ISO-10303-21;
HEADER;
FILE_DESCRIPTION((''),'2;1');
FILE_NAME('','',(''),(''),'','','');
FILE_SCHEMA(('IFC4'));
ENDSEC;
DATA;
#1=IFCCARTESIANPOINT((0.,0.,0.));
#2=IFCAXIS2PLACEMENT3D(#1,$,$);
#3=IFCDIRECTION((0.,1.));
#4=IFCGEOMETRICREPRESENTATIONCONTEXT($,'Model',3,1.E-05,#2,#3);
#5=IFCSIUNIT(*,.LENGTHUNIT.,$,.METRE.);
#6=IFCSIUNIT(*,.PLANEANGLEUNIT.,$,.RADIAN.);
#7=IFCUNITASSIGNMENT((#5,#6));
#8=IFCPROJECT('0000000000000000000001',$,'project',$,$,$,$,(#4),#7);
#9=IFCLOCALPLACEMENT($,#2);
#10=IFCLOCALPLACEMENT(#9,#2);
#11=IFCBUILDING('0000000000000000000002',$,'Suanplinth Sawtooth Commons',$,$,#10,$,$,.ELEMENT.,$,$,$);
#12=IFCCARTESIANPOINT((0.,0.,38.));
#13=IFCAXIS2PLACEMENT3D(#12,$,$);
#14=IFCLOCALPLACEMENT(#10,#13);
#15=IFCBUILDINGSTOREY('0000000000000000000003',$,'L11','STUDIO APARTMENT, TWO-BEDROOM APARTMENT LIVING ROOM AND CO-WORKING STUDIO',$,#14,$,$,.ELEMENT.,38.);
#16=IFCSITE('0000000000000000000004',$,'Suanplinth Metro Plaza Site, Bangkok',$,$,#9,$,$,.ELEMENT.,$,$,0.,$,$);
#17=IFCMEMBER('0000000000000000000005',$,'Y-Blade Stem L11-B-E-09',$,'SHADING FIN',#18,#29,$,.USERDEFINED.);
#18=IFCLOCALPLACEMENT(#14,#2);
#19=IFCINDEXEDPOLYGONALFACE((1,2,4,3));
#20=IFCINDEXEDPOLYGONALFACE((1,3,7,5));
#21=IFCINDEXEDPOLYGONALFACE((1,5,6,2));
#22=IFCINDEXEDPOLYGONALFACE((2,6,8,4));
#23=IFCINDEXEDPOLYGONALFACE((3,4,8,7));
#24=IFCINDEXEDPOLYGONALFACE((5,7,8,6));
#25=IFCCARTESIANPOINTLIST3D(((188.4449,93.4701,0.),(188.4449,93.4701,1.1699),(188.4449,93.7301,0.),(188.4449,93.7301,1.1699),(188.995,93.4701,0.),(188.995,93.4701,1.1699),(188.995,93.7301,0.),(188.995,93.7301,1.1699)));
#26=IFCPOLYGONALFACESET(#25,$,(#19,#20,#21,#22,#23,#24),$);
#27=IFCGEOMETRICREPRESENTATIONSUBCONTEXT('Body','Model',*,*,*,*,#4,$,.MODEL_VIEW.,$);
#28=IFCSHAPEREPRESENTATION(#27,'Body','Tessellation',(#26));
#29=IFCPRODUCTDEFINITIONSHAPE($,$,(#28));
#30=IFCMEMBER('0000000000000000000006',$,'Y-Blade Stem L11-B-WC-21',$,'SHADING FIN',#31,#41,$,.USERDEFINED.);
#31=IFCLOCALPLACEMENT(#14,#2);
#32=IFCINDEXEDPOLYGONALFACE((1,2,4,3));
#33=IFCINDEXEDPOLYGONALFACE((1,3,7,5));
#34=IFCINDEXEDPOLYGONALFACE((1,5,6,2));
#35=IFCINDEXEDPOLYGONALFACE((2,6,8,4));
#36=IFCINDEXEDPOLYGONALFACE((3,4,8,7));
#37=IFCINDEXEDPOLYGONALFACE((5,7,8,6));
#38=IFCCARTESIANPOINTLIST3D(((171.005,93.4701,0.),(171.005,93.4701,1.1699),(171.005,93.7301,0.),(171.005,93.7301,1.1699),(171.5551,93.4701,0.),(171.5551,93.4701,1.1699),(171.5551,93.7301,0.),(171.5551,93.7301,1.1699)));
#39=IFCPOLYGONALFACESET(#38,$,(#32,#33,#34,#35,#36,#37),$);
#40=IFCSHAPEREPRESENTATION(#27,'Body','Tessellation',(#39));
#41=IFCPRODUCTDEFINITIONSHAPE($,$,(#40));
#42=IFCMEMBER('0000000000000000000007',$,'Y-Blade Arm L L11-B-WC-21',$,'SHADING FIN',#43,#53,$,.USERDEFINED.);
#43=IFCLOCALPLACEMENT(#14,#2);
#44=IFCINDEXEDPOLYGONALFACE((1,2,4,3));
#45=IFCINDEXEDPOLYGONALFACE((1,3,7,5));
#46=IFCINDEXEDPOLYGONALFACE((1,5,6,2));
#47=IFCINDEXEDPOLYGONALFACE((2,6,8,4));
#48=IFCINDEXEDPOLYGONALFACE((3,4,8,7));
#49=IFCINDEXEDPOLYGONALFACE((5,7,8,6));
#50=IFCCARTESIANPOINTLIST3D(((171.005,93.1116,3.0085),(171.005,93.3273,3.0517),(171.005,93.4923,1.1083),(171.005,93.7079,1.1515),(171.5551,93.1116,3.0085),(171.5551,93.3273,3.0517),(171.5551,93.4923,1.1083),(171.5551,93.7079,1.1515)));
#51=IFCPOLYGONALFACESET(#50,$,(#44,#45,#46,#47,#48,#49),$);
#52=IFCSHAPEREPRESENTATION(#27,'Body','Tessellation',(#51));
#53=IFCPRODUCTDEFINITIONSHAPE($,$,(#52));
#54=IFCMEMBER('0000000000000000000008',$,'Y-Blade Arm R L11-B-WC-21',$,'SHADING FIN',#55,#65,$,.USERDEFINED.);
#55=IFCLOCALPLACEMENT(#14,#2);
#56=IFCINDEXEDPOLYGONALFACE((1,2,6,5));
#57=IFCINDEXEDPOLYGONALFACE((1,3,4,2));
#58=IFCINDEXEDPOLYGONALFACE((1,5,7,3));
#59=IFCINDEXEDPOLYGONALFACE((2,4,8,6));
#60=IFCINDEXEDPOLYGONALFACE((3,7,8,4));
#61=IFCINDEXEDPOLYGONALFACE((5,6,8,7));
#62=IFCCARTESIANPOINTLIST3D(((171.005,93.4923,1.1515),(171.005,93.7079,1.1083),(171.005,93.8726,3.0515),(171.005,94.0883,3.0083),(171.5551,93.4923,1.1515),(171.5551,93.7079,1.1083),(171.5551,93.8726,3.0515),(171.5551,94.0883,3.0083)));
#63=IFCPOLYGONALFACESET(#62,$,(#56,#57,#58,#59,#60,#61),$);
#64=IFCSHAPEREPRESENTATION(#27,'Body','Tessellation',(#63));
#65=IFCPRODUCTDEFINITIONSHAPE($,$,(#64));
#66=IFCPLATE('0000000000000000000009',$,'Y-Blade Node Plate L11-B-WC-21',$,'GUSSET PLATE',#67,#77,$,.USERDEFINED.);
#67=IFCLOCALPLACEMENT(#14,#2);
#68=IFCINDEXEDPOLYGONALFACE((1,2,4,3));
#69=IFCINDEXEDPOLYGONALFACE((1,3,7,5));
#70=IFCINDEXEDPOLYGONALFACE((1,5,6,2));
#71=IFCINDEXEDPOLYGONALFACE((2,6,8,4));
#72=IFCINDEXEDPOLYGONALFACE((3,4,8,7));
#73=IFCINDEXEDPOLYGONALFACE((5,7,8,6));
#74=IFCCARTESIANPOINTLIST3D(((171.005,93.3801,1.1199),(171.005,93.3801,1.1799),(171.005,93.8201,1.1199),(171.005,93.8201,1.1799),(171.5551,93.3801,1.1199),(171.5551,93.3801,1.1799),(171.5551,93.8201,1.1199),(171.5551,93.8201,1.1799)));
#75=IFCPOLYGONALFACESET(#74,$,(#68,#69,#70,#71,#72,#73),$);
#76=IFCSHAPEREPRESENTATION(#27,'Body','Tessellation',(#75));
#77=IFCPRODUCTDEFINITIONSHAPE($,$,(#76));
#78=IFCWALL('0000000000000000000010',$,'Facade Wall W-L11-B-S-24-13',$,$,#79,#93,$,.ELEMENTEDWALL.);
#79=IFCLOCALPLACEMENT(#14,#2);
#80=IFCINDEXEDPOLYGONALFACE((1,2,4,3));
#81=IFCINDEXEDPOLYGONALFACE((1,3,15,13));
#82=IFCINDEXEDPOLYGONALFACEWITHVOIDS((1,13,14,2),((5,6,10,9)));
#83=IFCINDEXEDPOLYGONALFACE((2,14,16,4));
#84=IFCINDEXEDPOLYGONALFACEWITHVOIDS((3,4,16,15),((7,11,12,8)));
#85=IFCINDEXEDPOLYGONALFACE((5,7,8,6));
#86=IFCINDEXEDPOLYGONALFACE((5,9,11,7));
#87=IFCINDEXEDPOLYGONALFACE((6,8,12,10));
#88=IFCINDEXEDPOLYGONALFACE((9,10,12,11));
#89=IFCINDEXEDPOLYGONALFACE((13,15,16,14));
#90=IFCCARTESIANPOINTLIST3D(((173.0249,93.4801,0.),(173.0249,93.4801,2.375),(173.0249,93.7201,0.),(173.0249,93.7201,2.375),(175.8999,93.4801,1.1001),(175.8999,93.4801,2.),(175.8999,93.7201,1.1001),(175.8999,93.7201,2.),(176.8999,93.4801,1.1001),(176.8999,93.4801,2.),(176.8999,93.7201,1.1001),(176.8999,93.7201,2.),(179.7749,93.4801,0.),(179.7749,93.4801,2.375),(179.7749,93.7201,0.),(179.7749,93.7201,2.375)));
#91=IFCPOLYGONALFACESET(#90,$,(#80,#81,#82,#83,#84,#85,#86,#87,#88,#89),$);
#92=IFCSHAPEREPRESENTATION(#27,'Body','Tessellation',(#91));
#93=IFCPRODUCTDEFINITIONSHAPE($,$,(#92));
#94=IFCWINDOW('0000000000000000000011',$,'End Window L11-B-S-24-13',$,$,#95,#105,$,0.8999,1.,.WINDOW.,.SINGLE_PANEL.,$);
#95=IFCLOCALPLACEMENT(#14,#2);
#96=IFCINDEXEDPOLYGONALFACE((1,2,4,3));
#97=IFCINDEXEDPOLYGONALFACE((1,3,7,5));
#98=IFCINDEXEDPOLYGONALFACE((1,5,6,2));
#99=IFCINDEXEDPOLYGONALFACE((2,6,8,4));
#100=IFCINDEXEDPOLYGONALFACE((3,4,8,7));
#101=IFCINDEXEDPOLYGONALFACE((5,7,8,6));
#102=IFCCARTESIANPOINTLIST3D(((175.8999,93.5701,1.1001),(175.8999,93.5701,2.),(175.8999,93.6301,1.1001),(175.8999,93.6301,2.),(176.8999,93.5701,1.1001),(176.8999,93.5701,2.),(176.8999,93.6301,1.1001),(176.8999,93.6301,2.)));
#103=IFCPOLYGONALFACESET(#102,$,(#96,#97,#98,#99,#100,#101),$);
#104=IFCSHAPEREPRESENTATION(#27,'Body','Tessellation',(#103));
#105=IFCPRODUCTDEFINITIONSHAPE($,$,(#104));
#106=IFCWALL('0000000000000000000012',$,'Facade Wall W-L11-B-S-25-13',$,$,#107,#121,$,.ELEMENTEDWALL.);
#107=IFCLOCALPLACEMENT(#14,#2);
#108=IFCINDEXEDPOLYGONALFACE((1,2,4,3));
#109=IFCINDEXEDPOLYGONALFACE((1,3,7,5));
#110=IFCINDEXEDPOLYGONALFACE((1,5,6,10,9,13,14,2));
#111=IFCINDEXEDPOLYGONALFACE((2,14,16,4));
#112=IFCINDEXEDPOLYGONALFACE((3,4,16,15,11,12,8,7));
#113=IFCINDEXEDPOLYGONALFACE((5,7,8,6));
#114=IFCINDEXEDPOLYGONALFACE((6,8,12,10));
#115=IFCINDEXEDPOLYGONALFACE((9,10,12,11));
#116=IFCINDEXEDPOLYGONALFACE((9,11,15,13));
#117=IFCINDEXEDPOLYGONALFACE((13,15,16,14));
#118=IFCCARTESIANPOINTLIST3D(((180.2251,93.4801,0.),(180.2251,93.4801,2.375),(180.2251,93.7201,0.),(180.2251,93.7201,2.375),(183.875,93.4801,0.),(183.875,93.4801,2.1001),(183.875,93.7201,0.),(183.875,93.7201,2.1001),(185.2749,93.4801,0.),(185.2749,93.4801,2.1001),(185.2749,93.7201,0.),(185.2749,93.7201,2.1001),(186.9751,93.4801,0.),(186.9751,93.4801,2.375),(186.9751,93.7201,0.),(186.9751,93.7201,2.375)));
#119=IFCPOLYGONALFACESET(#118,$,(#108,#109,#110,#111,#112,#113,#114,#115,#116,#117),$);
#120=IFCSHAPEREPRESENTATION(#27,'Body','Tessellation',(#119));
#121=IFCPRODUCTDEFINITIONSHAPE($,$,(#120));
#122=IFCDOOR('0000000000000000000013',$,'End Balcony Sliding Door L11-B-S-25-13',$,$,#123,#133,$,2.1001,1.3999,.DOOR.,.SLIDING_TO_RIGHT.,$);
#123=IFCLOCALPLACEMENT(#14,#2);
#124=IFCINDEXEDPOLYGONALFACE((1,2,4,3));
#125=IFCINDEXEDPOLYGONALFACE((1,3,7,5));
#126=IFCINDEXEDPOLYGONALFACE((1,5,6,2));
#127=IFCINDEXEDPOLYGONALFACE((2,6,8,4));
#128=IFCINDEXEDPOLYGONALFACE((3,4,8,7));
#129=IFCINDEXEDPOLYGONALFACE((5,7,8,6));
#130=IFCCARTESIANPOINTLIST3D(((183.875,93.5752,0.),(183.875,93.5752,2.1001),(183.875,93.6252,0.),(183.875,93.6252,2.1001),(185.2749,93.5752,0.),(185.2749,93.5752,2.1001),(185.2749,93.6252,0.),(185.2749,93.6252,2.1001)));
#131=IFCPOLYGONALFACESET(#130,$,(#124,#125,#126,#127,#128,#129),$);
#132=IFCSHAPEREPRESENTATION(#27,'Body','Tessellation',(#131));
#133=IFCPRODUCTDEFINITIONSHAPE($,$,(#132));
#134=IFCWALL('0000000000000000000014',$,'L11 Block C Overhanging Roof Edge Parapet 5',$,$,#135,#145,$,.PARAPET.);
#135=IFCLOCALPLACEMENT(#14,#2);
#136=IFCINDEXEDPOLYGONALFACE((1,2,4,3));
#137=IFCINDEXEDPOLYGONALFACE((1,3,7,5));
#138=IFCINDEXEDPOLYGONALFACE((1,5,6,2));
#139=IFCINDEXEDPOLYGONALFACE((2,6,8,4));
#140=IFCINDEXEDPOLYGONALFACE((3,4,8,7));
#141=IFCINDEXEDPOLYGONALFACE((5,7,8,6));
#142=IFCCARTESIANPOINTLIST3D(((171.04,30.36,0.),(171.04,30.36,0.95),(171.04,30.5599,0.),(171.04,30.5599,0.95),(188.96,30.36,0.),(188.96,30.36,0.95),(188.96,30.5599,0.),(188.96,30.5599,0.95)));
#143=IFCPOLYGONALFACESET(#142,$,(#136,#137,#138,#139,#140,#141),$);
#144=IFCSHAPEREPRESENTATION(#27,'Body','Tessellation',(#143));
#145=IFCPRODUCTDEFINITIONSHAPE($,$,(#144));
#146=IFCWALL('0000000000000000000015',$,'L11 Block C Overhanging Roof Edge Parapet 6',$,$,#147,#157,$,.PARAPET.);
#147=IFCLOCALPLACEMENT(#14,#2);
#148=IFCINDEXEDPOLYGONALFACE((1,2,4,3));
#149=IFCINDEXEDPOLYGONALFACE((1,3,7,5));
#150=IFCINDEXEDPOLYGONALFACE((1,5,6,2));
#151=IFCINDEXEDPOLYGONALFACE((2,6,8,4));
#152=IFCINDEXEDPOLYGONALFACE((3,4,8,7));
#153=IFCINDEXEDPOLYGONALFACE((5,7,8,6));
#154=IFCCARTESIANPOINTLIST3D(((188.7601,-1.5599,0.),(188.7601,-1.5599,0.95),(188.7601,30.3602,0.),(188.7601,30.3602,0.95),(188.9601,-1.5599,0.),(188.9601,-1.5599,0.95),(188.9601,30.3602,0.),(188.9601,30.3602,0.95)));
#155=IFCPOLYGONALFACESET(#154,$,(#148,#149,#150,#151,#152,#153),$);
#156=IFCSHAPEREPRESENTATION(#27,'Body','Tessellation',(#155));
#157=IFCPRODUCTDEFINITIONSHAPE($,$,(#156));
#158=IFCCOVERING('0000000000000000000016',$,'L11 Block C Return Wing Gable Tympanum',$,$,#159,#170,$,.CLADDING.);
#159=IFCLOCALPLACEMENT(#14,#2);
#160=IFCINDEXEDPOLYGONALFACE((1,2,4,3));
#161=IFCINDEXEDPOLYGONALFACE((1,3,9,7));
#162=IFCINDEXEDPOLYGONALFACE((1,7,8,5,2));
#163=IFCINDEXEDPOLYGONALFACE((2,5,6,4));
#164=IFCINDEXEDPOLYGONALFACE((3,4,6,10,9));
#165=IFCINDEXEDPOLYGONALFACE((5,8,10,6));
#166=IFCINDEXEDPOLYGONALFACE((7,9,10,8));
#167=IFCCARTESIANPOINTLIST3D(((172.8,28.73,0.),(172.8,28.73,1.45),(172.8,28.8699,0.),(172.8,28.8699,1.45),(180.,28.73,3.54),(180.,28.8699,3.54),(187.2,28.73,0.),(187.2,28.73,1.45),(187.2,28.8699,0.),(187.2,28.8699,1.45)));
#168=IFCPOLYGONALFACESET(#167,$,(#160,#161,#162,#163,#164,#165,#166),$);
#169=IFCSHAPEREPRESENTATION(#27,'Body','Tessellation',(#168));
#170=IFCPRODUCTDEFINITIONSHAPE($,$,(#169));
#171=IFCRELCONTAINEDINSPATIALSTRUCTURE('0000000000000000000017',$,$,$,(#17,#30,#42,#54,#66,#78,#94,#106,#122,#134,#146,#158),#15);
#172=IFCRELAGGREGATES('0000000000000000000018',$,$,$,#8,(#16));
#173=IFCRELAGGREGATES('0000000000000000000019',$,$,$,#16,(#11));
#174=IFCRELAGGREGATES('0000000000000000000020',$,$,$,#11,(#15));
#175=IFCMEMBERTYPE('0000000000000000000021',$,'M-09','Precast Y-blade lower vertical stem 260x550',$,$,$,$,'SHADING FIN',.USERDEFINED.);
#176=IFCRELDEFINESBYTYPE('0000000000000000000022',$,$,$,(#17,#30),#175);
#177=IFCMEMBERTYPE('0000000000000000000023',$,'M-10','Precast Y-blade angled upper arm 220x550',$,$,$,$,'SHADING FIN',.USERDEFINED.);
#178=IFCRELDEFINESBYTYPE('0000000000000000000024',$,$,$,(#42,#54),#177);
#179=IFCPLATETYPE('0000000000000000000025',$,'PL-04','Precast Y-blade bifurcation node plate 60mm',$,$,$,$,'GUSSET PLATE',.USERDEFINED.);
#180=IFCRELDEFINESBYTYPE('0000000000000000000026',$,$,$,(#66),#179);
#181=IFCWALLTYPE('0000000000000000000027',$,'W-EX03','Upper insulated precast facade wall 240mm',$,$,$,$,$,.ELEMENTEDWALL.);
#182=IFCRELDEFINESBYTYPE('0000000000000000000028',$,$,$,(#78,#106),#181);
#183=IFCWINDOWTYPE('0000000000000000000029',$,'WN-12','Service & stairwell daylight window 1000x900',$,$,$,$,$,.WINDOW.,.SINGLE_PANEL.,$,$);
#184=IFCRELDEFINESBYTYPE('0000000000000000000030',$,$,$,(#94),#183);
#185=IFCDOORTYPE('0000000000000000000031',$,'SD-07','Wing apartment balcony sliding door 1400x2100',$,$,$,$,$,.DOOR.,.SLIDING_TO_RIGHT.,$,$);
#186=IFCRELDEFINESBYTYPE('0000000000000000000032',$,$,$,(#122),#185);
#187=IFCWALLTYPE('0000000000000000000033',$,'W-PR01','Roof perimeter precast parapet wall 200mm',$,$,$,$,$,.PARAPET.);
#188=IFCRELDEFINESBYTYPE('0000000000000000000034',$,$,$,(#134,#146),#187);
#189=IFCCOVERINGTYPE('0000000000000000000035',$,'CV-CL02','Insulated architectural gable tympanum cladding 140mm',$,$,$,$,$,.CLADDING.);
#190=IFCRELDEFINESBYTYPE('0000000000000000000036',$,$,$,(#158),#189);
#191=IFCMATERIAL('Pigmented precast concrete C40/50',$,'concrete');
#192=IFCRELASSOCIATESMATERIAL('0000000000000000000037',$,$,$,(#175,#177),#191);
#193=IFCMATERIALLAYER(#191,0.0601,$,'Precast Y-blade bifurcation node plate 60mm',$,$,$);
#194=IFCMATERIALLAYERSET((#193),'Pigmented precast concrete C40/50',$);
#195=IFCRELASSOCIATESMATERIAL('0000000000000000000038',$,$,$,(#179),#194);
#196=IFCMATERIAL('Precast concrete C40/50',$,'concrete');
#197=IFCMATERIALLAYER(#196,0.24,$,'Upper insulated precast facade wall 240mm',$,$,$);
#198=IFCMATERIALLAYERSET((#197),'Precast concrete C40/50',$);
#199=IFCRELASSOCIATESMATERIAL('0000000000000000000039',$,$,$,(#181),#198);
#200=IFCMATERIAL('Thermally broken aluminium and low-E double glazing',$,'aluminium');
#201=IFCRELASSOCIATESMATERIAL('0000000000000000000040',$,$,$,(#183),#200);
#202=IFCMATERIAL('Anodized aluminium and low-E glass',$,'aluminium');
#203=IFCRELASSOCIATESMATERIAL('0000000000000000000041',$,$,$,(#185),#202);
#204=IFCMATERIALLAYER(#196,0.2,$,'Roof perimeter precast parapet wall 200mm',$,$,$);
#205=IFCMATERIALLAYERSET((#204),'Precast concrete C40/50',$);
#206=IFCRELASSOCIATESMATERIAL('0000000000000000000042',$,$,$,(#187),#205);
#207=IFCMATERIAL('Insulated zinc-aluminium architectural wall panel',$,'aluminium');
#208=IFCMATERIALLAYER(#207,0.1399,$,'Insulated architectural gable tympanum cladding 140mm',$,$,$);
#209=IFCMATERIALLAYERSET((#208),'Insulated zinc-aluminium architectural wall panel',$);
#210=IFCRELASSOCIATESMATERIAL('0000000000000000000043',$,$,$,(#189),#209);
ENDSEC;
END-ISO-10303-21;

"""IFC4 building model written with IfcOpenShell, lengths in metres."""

from ifc_helpers import new_model, si_unit, direction, frame, frame_2d, origin, origin_2d, place, context, subcontext, project, spatial, polyline, rectangle, outline, extrude, material, layer, layer_set, material_profile, profile_set, type_object, element, fill, save


model = new_model("IFC4")

# Units and contexts
model_context = context("Model", 3, precision=1e-05, world=origin(), true_north=direction((0.0, 1.0)))
body_context = subcontext(model_context, "Body", "Model", "MODEL_VIEW")
ifc_project = project(units=[si_unit("LENGTHUNIT", "METRE"), si_unit("PLANEANGLEUNIT", "RADIAN")], contexts=[model_context])

# Site, building, storey
site_placement = place(None, origin())
site = spatial("IfcSite", under=ifc_project, at=site_placement, Name="Suanplinth Metro Plaza Site, Bangkok", CompositionType="ELEMENT", RefElevation=0.0)
building_placement = place(site_placement, origin())
building = spatial("IfcBuilding", under=site, at=building_placement, Name="Suanplinth Sawtooth Commons", CompositionType="ELEMENT")
storey_placement = place(building_placement, frame((0.0, 0.0, 38.0)))
storey = spatial("IfcBuildingStorey", under=building, at=storey_placement, Name="L11", Description="STUDIO APARTMENT, TWO-BEDROOM APARTMENT LIVING ROOM AND CO-WORKING STUDIO", CompositionType="ELEMENT", Elevation=38.0)

# Shared definitions
ifc_material_1 = material(Name="Precast concrete C40/50", Category="concrete")

# Members
ifc_material_2 = material(Name="Pigmented precast concrete C40/50", Category="concrete")
ifc_material_profile_1 = material_profile(ifc_material_2, rectangle(XDim=0.26, YDim=0.55, at=origin_2d()), Name="PC-FIN 260x550")
ifc_profile_set_1 = profile_set([ifc_material_profile_1], Name="Pigmented precast concrete C40/50")
member_type_1 = type_object("IfcMemberType", Name="M-09", Description="Precast Y-blade lower vertical stem 260x550", ElementType="SHADING FIN", PredefinedType="USERDEFINED", material=ifc_profile_set_1)
for number, where, z_axis, x_axis, name in (
    (1, (188.72, 93.6001, 0.0), (0.0, 0.0, 1.0), (0.0, 1.0, 0.0), "Y-Blade Stem L11-B-E-09"),
    (2, (171.28, 93.6001, 0.0), (0.0, 0.0, 1.0), (0.0, 1.0, 0.0), "Y-Blade Stem L11-B-WC-21"),
):
    element("IfcMember", number, at=place(storey_placement, frame(where, z_axis=z_axis, x_axis=x_axis)), inside=storey, type_object=member_type_1, Name=name, ObjectType="SHADING FIN", PredefinedType="USERDEFINED", context=body_context, shape_type="SweptSolid", body=[
        extrude(rectangle(XDim=0.26, YDim=0.55, at=origin_2d()), origin(), (0.0, 0.0, 1.0), 1.1699),
    ])
ifc_material_profile_2 = material_profile(ifc_material_2, rectangle(XDim=0.22, YDim=0.55, at=origin_2d()), Name="PC-FIN 220x550")
ifc_profile_set_2 = profile_set([ifc_material_profile_2], Name="Pigmented precast concrete C40/50")
member_type_2 = type_object("IfcMemberType", Name="M-10", Description="Precast Y-blade angled upper arm 220x550", ElementType="SHADING FIN", PredefinedType="USERDEFINED", material=ifc_profile_set_2)
member_1_placement = place(storey_placement, frame((171.28, 93.6001, 1.1299), z_axis=(0.0, -0.196407, 0.980522), x_axis=(0.0, 0.980522, 0.196407)))
element("IfcMember", 3, at=member_1_placement, inside=storey, type_object=member_type_2, Name="Y-Blade Arm L L11-B-WC-21", ObjectType="SHADING FIN", PredefinedType="USERDEFINED", context=body_context, shape_type="SweptSolid", body=[
    extrude(rectangle(XDim=0.22, YDim=0.55, at=origin_2d()), origin(), (0.0, 0.0, 1.0), 1.938),
])
member_2_placement = place(storey_placement, frame((171.28, 93.6001, 1.1299), z_axis=(0.0, 0.196286, 0.980547), x_axis=(0.0, -0.980547, 0.196286)))
element("IfcMember", 4, at=member_2_placement, inside=storey, type_object=member_type_2, Name="Y-Blade Arm R L11-B-WC-21", ObjectType="SHADING FIN", PredefinedType="USERDEFINED", context=body_context, shape_type="SweptSolid", body=[
    extrude(rectangle(XDim=0.22, YDim=0.55, at=origin_2d()), origin(), (0.0, 0.0, 1.0), 1.9377),
])

# Plate
ifc_layer_1 = layer(ifc_material_2, 0.0601, Name="Precast Y-blade bifurcation node plate 60mm")
ifc_layer_set_1 = layer_set([ifc_layer_1], Name="Pigmented precast concrete C40/50")
plate_type = type_object("IfcPlateType", Name="PL-04", Description="Precast Y-blade bifurcation node plate 60mm", ElementType="GUSSET PLATE", PredefinedType="USERDEFINED", material=ifc_layer_set_1)
plate_placement = place(storey_placement, frame((171.28, 93.6001, 1.1199), z_axis=(0.0, 0.0, 1.0), x_axis=(0.0, 1.0, 0.0)))
element("IfcPlate", 5, at=plate_placement, inside=storey, type_object=plate_type, Name="Y-Blade Node Plate L11-B-WC-21", ObjectType="GUSSET PLATE", PredefinedType="USERDEFINED", context=body_context, shape_type="SweptSolid", body=[
    extrude(rectangle(XDim=0.4399, YDim=0.55, at=origin_2d()), origin(), (0.0, 0.0, 1.0), 0.0601),
])

# Wall, opening, window
ifc_layer_2 = layer(ifc_material_1, 0.24, Name="Upper insulated precast facade wall 240mm")
ifc_layer_set_2 = layer_set([ifc_layer_2], Name="Precast concrete C40/50")
wall_type_1 = type_object("IfcWallType", Name="W-EX03", Description="Upper insulated precast facade wall 240mm", PredefinedType="ELEMENTEDWALL", material=ifc_layer_set_2)
wall_1_placement = place(storey_placement, frame((173.0249, 93.6001, 0.0), z_axis=(0.0, 0.0, 1.0), x_axis=(1.0, 0.0, 0.0)))
wall_1 = element("IfcWall", 6, at=wall_1_placement, inside=storey, type_object=wall_type_1, Name="Facade Wall W-L11-B-S-24-13", PredefinedType="ELEMENTEDWALL", context=body_context, shape_type="SweptSolid", body=[
    extrude(rectangle(XDim=6.75, YDim=0.24, at=frame_2d((3.375, 0.0))), origin(), (0.0, 0.0, 1.0), 2.375),
])
opening_1_placement = place(wall_1_placement, frame((2.875, 0.0, 1.1001)))
opening_1 = element("IfcOpeningElement", 7, at=opening_1_placement, cuts=wall_1, PredefinedType="OPENING", context=body_context, shape_type="SweptSolid", body=[
    extrude(rectangle(XDim=1.0, YDim=0.8999, at=frame_2d((0.5, 0.45))), frame((0.0, 0.1348, 0.0), z_axis=(0.0, -1.0, 0.0), x_axis=(1.0, 0.0, 0.0)), (0.0, 0.0, 1.0), 0.2698),
])
ifc_material_3 = material(Name="Thermally broken aluminium and low-E double glazing", Category="aluminium")
window_type = type_object("IfcWindowType", Name="WN-12", Description="Service & stairwell daylight window 1000x900", PartitioningType="SINGLE_PANEL", PredefinedType="WINDOW", material=ifc_material_3)
window_placement = place(opening_1_placement, origin())
window = element("IfcWindow", 8, at=window_placement, inside=storey, type_object=window_type, Name="End Window L11-B-S-24-13", OverallHeight=0.8999, OverallWidth=1.0, PartitioningType="SINGLE_PANEL", PredefinedType="WINDOW", context=body_context, shape_type="SweptSolid", body=[
    extrude(rectangle(XDim=1.0, YDim=0.8999, at=frame_2d((0.5, 0.45))), frame((0.0, 0.03, 0.0), z_axis=(0.0, -1.0, 0.0), x_axis=(1.0, 0.0, 0.0)), (0.0, 0.0, 1.0), 0.0601),
])
fill(opening_1, window)

# Wall, opening, door
wall_2_placement = place(storey_placement, frame((180.2251, 93.6001, 0.0), z_axis=(0.0, 0.0, 1.0), x_axis=(1.0, 0.0, 0.0)))
wall_2 = element("IfcWall", 9, at=wall_2_placement, inside=storey, type_object=wall_type_1, Name="Facade Wall W-L11-B-S-25-13", PredefinedType="ELEMENTEDWALL", context=body_context, shape_type="SweptSolid", body=[
    extrude(rectangle(XDim=6.75, YDim=0.24, at=frame_2d((3.375, 0.0))), origin(), (0.0, 0.0, 1.0), 2.375),
])
opening_2_placement = place(wall_2_placement, frame((3.6499, 0.0, 0.0)))
opening_2 = element("IfcOpeningElement", 10, at=opening_2_placement, cuts=wall_2, PredefinedType="OPENING", context=body_context, shape_type="SweptSolid", body=[
    extrude(rectangle(XDim=1.3999, YDim=2.1001, at=frame_2d((0.7, 1.05))), frame((0.0, 0.1348, 0.0), z_axis=(0.0, -1.0, 0.0), x_axis=(1.0, 0.0, 0.0)), (0.0, 0.0, 1.0), 0.2698),
])
ifc_material_4 = material(Name="Anodized aluminium and low-E glass", Category="aluminium")
door_type = type_object("IfcDoorType", Name="SD-07", Description="Wing apartment balcony sliding door 1400x2100", OperationType="SLIDING_TO_RIGHT", PredefinedType="DOOR", material=ifc_material_4)
door_placement = place(opening_2_placement, frame((1.3999, 0.0, 0.0), z_axis=(0.0, 0.0, 1.0), x_axis=(-1.0, 0.0, 0.0)))
door = element("IfcDoor", 11, at=door_placement, inside=storey, type_object=door_type, Name="End Balcony Sliding Door L11-B-S-25-13", OperationType="SLIDING_TO_RIGHT", OverallHeight=2.1001, OverallWidth=1.3999, PredefinedType="DOOR", context=body_context, shape_type="SweptSolid", body=[
    extrude(rectangle(XDim=1.3999, YDim=2.1001, at=frame_2d((0.7, 1.05))), frame((0.0, 0.0249, 0.0), z_axis=(0.0, -1.0, 0.0), x_axis=(1.0, 0.0, 0.0)), (0.0, 0.0, 1.0), 0.05),
])
fill(opening_2, door)

# Walls
ifc_layer_3 = layer(ifc_material_1, 0.2, Name="Roof perimeter precast parapet wall 200mm")
ifc_layer_set_3 = layer_set([ifc_layer_3], Name="Precast concrete C40/50")
wall_type_2 = type_object("IfcWallType", Name="W-PR01", Description="Roof perimeter precast parapet wall 200mm", PredefinedType="PARAPET", material=ifc_layer_set_3)
wall_3_placement = place(storey_placement, frame((171.04, 30.46, 0.0), z_axis=(0.0, 0.0, 1.0), x_axis=(1.0, 0.0, 0.0)))
element("IfcWall", 12, at=wall_3_placement, inside=storey, type_object=wall_type_2, Name="L11 Block C Overhanging Roof Edge Parapet 5", PredefinedType="PARAPET", context=body_context, shape_type="SweptSolid", body=[
    extrude(rectangle(XDim=17.9199, YDim=0.2, at=frame_2d((8.96, 0.0))), origin(), (0.0, 0.0, 1.0), 0.95),
])
wall_4_placement = place(storey_placement, frame((188.8601, 30.3601, 0.0), z_axis=(0.0, 0.0, 1.0), x_axis=(0.0, -1.0, 0.0)))
element("IfcWall", 13, at=wall_4_placement, inside=storey, type_object=wall_type_2, Name="L11 Block C Overhanging Roof Edge Parapet 6", PredefinedType="PARAPET", context=body_context, shape_type="SweptSolid", body=[
    extrude(rectangle(XDim=31.9202, YDim=0.2, at=frame_2d((15.96, 0.0))), origin(), (0.0, 0.0, 1.0), 0.95),
])

# Covering
ifc_material_5 = material(Name="Insulated zinc-aluminium architectural wall panel", Category="aluminium")
ifc_layer_4 = layer(ifc_material_5, 0.1399, Name="Insulated architectural gable tympanum cladding 140mm")
ifc_layer_set_4 = layer_set([ifc_layer_4], Name="Insulated zinc-aluminium architectural wall panel")
covering_type = type_object("IfcCoveringType", Name="CV-CL02", Description="Insulated architectural gable tympanum cladding 140mm", PredefinedType="CLADDING", material=ifc_layer_set_4)
covering_placement = place(storey_placement, frame((172.8, 28.8, 0.0), z_axis=(0.0, 0.0, 1.0), x_axis=(1.0, 0.0, 0.0)))
element("IfcCovering", 14, at=covering_placement, inside=storey, type_object=covering_type, Name="L11 Block C Return Wing Gable Tympanum", PredefinedType="CLADDING", context=body_context, shape_type="SweptSolid", body=[
    extrude(outline(polyline([(0.0, 0.0), (14.3999, 0.0), (14.3999, 1.45), (7.2, 3.54), (0.0, 1.45), (0.0, 0.0)])), frame((0.0, 0.0698, 0.0), z_axis=(0.0, -1.0, 0.0), x_axis=(1.0, 0.0, 0.0)), (0.0, 0.0, 1.0), 0.1399),
])

save(model, "model.ifc")
